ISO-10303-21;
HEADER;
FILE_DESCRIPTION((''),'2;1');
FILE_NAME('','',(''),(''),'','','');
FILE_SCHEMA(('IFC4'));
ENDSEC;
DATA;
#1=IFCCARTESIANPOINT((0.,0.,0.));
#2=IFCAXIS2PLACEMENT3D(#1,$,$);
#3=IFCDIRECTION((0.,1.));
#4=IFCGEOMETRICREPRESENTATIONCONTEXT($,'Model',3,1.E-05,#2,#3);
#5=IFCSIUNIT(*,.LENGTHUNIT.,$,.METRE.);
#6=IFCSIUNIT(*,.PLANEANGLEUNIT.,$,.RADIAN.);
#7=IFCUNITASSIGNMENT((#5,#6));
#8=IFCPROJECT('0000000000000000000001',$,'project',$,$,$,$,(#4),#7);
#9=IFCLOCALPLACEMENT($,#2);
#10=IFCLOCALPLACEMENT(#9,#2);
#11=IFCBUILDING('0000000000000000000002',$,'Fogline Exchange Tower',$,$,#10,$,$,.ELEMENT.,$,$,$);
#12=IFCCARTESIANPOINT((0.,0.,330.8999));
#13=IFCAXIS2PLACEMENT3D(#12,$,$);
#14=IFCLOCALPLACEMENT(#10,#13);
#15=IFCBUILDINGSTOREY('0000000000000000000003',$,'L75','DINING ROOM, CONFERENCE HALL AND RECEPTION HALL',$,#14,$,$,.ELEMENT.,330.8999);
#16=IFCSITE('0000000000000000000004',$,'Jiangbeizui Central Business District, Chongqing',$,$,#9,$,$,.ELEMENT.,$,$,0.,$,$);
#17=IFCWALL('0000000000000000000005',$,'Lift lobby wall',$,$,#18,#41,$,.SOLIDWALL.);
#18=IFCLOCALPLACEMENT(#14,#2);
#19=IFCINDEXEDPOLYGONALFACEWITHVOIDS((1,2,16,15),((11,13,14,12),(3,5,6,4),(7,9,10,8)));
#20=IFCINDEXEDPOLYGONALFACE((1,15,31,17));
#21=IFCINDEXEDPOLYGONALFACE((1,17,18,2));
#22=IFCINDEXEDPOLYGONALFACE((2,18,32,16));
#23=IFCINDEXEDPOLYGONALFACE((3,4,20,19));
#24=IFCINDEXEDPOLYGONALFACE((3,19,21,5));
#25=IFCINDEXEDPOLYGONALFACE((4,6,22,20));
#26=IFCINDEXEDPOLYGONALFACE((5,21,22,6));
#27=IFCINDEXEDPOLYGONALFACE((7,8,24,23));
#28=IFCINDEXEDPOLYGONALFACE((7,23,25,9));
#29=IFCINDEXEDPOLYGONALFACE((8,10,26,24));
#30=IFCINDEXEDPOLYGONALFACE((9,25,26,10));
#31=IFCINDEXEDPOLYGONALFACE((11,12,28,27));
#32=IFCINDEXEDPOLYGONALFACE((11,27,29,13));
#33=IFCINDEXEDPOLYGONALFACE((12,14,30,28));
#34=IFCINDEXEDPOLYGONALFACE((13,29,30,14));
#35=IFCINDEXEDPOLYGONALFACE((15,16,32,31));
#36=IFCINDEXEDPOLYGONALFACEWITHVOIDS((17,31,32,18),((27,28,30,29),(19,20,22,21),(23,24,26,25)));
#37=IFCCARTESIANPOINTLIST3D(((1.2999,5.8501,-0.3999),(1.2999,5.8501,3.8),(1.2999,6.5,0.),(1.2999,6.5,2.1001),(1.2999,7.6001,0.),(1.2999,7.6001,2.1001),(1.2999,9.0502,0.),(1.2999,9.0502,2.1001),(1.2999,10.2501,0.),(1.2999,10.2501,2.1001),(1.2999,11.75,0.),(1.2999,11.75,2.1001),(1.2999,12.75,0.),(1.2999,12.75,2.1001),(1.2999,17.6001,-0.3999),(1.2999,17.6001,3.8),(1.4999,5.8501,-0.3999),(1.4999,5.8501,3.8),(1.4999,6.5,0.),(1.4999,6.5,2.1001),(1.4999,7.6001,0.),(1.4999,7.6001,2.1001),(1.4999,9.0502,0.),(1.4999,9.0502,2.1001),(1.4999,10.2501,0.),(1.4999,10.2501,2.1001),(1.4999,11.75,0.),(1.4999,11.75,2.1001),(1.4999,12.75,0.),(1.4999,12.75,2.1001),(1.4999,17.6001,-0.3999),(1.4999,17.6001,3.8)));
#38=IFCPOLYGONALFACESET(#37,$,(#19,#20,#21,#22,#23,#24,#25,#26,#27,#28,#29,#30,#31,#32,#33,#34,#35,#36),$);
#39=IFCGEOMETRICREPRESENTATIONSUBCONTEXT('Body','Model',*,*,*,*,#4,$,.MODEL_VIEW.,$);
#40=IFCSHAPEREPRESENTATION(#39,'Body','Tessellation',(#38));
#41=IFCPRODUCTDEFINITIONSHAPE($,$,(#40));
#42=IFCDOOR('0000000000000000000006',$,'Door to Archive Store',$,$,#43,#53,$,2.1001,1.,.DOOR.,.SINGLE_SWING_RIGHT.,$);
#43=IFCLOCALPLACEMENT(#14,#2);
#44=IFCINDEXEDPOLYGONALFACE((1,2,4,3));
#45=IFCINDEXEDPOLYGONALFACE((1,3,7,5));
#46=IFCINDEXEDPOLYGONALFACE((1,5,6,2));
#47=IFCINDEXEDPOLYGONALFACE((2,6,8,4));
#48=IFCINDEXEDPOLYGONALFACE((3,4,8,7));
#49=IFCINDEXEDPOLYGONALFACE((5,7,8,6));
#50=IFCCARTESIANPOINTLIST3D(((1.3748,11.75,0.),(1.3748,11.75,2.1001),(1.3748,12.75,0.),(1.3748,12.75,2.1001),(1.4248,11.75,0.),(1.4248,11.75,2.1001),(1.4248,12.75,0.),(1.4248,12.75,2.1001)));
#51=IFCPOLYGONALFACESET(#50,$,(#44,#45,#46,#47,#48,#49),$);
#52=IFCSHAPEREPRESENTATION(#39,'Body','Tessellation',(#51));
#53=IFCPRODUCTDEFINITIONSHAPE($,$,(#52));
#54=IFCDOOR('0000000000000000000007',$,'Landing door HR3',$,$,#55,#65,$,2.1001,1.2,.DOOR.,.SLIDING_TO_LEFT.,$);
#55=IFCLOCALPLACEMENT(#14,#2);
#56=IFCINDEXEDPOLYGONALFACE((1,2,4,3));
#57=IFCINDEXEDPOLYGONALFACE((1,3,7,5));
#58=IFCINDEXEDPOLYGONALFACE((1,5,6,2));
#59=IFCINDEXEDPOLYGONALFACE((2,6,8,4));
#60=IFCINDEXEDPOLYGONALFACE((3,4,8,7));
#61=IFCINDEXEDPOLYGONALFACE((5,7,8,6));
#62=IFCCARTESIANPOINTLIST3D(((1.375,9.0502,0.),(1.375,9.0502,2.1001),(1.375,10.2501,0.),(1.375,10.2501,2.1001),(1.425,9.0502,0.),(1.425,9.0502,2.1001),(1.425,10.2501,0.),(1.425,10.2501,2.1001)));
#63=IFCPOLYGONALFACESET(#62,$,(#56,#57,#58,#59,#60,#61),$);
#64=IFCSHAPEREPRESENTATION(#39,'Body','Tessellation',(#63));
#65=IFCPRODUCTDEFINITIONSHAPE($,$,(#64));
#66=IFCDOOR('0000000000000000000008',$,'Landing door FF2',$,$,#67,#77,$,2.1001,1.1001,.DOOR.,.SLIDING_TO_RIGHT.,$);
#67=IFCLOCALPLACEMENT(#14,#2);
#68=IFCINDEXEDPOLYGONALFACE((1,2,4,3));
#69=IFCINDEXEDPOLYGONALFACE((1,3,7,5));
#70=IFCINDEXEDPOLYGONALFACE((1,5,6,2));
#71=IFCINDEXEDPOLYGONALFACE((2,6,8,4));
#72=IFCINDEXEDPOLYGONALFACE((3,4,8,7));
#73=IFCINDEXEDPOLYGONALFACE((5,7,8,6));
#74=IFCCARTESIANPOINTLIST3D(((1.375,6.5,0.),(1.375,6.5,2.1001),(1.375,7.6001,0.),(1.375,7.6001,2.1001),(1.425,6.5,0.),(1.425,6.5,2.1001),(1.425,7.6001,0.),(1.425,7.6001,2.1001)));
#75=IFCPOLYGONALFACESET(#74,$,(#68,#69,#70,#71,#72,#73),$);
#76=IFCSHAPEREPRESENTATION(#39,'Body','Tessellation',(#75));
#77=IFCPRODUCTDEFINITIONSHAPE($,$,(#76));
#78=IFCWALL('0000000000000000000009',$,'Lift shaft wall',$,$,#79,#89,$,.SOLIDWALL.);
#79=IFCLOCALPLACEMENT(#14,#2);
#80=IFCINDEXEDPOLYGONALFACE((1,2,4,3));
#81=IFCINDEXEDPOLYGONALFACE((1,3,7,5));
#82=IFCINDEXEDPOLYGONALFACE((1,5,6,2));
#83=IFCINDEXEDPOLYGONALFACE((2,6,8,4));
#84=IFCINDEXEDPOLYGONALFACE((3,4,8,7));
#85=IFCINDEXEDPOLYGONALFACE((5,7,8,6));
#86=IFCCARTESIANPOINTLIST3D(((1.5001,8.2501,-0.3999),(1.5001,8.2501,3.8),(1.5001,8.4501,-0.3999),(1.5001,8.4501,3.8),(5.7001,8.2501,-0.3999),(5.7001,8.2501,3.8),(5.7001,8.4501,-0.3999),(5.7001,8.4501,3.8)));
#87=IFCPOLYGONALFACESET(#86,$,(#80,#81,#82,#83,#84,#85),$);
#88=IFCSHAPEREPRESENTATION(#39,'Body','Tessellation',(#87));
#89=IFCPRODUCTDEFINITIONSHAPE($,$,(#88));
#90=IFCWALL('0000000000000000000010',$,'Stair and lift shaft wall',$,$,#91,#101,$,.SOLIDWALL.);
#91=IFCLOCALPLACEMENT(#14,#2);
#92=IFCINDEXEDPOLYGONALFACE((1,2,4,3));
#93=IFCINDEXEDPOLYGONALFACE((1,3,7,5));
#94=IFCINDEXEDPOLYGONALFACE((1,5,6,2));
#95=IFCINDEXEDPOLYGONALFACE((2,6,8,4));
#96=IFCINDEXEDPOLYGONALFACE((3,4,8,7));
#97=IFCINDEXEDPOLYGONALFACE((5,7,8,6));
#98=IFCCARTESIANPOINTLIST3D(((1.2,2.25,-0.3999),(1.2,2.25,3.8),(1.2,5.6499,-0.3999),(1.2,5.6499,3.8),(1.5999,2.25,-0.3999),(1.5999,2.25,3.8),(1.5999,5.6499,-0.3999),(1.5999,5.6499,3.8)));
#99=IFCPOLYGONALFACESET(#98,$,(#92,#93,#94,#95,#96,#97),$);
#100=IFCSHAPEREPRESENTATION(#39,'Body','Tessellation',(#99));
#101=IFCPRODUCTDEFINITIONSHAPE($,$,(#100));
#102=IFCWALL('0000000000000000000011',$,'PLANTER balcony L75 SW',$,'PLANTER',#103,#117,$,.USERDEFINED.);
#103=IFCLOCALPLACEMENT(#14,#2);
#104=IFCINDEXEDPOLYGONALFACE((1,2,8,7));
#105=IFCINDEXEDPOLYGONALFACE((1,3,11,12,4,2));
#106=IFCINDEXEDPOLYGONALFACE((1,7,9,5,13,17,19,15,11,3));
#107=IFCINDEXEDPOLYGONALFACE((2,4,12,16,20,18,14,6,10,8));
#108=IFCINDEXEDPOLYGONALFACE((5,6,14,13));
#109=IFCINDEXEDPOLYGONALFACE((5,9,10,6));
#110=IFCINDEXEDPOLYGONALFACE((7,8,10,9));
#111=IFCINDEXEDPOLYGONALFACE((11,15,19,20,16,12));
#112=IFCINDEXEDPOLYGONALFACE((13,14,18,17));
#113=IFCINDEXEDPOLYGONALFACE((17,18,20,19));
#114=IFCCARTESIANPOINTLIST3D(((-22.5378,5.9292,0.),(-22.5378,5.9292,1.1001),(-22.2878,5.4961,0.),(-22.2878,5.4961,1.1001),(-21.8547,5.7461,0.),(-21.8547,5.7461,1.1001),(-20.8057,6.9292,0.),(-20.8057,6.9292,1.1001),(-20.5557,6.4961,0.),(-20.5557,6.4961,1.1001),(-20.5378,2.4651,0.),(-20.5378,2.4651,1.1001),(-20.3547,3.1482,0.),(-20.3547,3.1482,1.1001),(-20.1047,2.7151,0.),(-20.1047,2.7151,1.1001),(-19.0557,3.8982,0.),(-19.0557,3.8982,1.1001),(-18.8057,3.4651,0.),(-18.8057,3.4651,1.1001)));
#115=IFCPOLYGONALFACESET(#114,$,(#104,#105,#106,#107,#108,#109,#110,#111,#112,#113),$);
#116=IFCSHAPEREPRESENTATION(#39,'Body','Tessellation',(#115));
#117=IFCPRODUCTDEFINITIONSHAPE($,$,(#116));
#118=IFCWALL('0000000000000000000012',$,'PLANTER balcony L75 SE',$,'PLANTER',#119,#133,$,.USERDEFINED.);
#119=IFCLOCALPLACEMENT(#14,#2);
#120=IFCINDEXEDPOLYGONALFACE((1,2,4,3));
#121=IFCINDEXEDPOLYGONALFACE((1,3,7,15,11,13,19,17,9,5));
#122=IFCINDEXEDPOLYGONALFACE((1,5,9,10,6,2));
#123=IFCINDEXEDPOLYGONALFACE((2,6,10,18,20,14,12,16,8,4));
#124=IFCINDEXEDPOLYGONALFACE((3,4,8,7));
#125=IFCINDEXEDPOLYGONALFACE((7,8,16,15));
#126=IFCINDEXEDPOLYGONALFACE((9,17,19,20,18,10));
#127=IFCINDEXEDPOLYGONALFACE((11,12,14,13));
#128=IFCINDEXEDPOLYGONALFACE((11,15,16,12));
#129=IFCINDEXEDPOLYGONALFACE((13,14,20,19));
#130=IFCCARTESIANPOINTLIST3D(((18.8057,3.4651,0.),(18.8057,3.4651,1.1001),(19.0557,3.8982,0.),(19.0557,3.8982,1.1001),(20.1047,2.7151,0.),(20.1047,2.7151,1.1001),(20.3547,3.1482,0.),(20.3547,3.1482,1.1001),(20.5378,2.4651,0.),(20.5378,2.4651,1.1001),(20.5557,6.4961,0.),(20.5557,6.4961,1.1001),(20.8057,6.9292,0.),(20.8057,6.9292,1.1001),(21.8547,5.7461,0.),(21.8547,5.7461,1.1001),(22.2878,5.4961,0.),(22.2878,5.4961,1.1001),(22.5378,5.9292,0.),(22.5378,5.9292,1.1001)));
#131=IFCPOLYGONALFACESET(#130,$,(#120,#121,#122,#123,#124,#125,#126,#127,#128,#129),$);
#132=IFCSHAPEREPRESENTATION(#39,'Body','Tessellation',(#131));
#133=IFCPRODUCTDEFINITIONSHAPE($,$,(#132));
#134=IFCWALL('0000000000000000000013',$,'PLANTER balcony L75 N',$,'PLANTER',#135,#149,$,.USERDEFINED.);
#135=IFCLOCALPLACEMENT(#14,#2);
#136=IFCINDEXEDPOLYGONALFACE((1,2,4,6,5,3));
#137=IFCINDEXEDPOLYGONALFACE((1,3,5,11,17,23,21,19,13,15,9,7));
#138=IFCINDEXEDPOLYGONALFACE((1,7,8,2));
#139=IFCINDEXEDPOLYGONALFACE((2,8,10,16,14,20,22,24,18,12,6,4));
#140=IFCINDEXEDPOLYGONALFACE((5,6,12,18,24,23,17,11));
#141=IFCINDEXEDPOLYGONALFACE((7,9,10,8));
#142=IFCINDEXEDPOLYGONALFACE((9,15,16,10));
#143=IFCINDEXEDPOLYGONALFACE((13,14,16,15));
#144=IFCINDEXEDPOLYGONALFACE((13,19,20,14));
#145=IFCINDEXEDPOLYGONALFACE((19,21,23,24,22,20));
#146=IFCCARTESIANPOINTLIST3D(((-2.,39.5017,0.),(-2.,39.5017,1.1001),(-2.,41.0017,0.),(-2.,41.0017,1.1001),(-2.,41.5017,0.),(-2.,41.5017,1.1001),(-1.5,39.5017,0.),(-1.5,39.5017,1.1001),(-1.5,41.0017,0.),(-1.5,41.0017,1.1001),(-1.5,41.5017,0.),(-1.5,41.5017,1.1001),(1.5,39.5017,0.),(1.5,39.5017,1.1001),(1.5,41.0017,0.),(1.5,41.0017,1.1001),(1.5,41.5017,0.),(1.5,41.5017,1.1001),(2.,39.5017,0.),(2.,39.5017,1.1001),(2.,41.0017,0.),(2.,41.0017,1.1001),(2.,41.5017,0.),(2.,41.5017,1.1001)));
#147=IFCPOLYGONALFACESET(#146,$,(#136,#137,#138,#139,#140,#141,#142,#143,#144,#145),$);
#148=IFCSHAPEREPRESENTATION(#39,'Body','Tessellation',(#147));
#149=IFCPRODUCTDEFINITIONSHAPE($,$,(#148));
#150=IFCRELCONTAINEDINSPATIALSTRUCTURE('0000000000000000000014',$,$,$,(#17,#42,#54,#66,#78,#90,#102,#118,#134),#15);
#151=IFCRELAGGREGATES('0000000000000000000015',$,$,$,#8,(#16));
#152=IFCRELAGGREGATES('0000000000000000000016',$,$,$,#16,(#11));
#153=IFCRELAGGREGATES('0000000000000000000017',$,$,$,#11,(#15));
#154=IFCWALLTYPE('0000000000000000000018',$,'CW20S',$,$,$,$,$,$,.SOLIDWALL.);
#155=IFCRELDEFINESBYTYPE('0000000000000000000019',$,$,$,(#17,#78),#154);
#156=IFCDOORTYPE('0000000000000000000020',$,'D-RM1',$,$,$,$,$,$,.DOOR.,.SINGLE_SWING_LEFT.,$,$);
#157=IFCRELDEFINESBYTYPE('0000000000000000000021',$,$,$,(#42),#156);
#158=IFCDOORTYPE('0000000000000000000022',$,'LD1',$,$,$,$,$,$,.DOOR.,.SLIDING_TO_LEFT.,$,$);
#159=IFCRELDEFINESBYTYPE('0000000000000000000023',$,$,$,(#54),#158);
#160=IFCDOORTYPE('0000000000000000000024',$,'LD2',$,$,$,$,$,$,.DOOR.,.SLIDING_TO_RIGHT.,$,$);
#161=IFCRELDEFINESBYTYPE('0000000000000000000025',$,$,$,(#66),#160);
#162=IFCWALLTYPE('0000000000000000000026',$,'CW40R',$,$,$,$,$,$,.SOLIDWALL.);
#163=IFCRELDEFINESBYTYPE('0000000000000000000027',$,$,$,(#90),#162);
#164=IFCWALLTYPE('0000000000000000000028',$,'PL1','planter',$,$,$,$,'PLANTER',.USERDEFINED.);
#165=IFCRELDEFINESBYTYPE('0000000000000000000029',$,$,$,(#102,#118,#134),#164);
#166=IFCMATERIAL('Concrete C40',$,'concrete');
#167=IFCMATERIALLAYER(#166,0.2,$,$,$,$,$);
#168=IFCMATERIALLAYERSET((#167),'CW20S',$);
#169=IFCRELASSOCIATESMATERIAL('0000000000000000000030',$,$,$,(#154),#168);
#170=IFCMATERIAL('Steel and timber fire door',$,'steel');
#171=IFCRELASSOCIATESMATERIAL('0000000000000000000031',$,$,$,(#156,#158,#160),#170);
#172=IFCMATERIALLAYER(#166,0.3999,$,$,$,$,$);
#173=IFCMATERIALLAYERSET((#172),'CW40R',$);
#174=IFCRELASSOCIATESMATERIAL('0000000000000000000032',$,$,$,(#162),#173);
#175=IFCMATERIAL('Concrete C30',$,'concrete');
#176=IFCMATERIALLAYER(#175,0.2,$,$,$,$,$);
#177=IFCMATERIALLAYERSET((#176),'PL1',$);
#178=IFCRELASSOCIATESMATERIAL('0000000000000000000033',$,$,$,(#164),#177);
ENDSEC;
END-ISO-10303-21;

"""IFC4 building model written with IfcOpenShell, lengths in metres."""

from ifc_helpers import new_model, si_unit, direction, frame, frame_2d, origin, place, context, subcontext, project, spatial, polyline, rectangle, outline, extrude, material, layer, layer_set, type_object, element, fill, save


model = new_model("IFC4")

# Units and contexts
model_context = context("Model", 3, precision=1e-05, world=origin(), true_north=direction((0.0, 1.0)))
body_context = subcontext(model_context, "Body", "Model", "MODEL_VIEW")
ifc_project = project(units=[si_unit("LENGTHUNIT", "METRE"), si_unit("PLANEANGLEUNIT", "RADIAN")], contexts=[model_context])

# Site, building, storey
site_placement = place(None, origin())
site = spatial("IfcSite", under=ifc_project, at=site_placement, Name="Jiangbeizui Central Business District, Chongqing", CompositionType="ELEMENT", RefElevation=0.0)
building_placement = place(site_placement, origin())
building = spatial("IfcBuilding", under=site, at=building_placement, Name="Fogline Exchange Tower", CompositionType="ELEMENT")
storey_placement = place(building_placement, frame((0.0, 0.0, 330.8999)))
storey = spatial("IfcBuildingStorey", under=building, at=storey_placement, Name="L75", Description="DINING ROOM, CONFERENCE HALL AND RECEPTION HALL", CompositionType="ELEMENT", Elevation=330.8999)

# Shared definitions
ifc_material_1 = material(Name="Concrete C40", Category="concrete")

# Shared definitions
ifc_layer_1 = layer(ifc_material_1, 0.2)
ifc_layer_set_1 = layer_set([ifc_layer_1], Name="CW20S")
wall_type_1 = type_object("IfcWallType", Name="CW20S", PredefinedType="SOLIDWALL", material=ifc_layer_set_1)

# Wall, openings, doors
wall_1_placement = place(storey_placement, frame((1.3999, 5.8501, -0.3999), z_axis=(0.0, 0.0, 1.0), x_axis=(0.0, 1.0, 0.0)))
wall_1 = element("IfcWall", 1, at=wall_1_placement, inside=storey, type_object=wall_type_1, Name="Lift lobby wall", PredefinedType="SOLIDWALL", context=body_context, shape_type="SweptSolid", body=[
    extrude(rectangle(XDim=11.75, YDim=0.2, at=frame_2d((5.875, 0.0))), origin(), (0.0, 0.0, 1.0), 4.2),
])
opening_1_placement = place(wall_1_placement, frame((3.2, 0.0, 0.3999)))
opening_1 = element("IfcOpeningElement", 2, at=opening_1_placement, cuts=wall_1, PredefinedType="OPENING", context=body_context, shape_type="SweptSolid", body=[
    extrude(rectangle(XDim=1.2, YDim=2.1001, at=frame_2d((0.6001, 1.05))), frame((0.0, 0.1099, 0.0), z_axis=(0.0, -1.0, 0.0), x_axis=(1.0, 0.0, 0.0)), (0.0, 0.0, 1.0), 0.22),
])
opening_2_placement = place(wall_1_placement, frame((0.6499, 0.0, 0.3999)))
opening_2 = element("IfcOpeningElement", 3, at=opening_2_placement, cuts=wall_1, PredefinedType="OPENING", context=body_context, shape_type="SweptSolid", body=[
    extrude(rectangle(XDim=1.1001, YDim=2.1001, at=frame_2d((0.55, 1.05))), frame((0.0, 0.1099, 0.0), z_axis=(0.0, -1.0, 0.0), x_axis=(1.0, 0.0, 0.0)), (0.0, 0.0, 1.0), 0.22),
])
opening_3_placement = place(wall_1_placement, frame((5.8999, 0.0, 0.3999)))
opening_3 = element("IfcOpeningElement", 4, at=opening_3_placement, cuts=wall_1, PredefinedType="OPENING", context=body_context, shape_type="SweptSolid", body=[
    extrude(rectangle(XDim=1.0, YDim=2.1001, at=frame_2d((0.5, 1.05))), frame((0.0, 0.1099, 0.0), z_axis=(0.0, -1.0, 0.0), x_axis=(1.0, 0.0, 0.0)), (0.0, 0.0, 1.0), 0.22),
])
ifc_material_2 = material(Name="Steel and timber fire door", Category="steel")
door_type_1 = type_object("IfcDoorType", Name="D-RM1", OperationType="SINGLE_SWING_LEFT", PredefinedType="DOOR", material=ifc_material_2)
door_1_placement = place(opening_3_placement, frame((1.0, 0.0, 0.0), z_axis=(0.0, 0.0, 1.0), x_axis=(-1.0, 0.0, 0.0)))
door_1 = element("IfcDoor", 5, at=door_1_placement, inside=storey, type_object=door_type_1, Name="Door to Archive Store", OperationType="SINGLE_SWING_RIGHT", OverallHeight=2.1001, OverallWidth=1.0, PredefinedType="DOOR", context=body_context, shape_type="SweptSolid", body=[
    extrude(rectangle(XDim=1.0, YDim=2.1001, at=frame_2d((0.5, 1.05))), frame((0.0, 0.0249, 0.0), z_axis=(0.0, -1.0, 0.0), x_axis=(1.0, 0.0, 0.0)), (0.0, 0.0, 1.0), 0.05),
])
fill(opening_3, door_1)
door_type_2 = type_object("IfcDoorType", Name="LD1", OperationType="SLIDING_TO_LEFT", PredefinedType="DOOR", material=ifc_material_2)
door_2_placement = place(opening_1_placement, origin())
door_2 = element("IfcDoor", 6, at=door_2_placement, inside=storey, type_object=door_type_2, Name="Landing door HR3", OperationType="SLIDING_TO_LEFT", OverallHeight=2.1001, OverallWidth=1.2, PredefinedType="DOOR", context=body_context, shape_type="SweptSolid", body=[
    extrude(rectangle(XDim=1.2, YDim=2.1001, at=frame_2d((0.6001, 1.05))), frame((0.0, 0.0249, 0.0), z_axis=(0.0, -1.0, 0.0), x_axis=(1.0, 0.0, 0.0)), (0.0, 0.0, 1.0), 0.05),
])
fill(opening_1, door_2)
door_type_3 = type_object("IfcDoorType", Name="LD2", OperationType="SLIDING_TO_RIGHT", PredefinedType="DOOR", material=ifc_material_2)
door_3_placement = place(opening_2_placement, origin())
door_3 = element("IfcDoor", 7, at=door_3_placement, inside=storey, type_object=door_type_3, Name="Landing door FF2", OperationType="SLIDING_TO_RIGHT", OverallHeight=2.1001, OverallWidth=1.1001, PredefinedType="DOOR", context=body_context, shape_type="SweptSolid", body=[
    extrude(rectangle(XDim=1.1001, YDim=2.1001, at=frame_2d((0.55, 1.05))), frame((0.0, 0.0249, 0.0), z_axis=(0.0, -1.0, 0.0), x_axis=(1.0, 0.0, 0.0)), (0.0, 0.0, 1.0), 0.05),
])
fill(opening_2, door_3)

# Walls
wall_2_placement = place(storey_placement, frame((1.5, 8.3501, -0.3999), z_axis=(0.0, 0.0, 1.0), x_axis=(1.0, 0.0, 0.0)))
element("IfcWall", 8, at=wall_2_placement, inside=storey, type_object=wall_type_1, Name="Lift shaft wall", PredefinedType="SOLIDWALL", context=body_context, shape_type="SweptSolid", body=[
    extrude(rectangle(XDim=4.2, YDim=0.2, at=frame_2d((2.1001, 0.0))), origin(), (0.0, 0.0, 1.0), 4.2),
])
ifc_layer_2 = layer(ifc_material_1, 0.3999)
ifc_layer_set_2 = layer_set([ifc_layer_2], Name="CW40R")
wall_type_2 = type_object("IfcWallType", Name="CW40R", PredefinedType="SOLIDWALL", material=ifc_layer_set_2)
wall_3_placement = place(storey_placement, frame((1.3999, 2.25, -0.3999), z_axis=(0.0, 0.0, 1.0), x_axis=(0.0, 1.0, 0.0)))
element("IfcWall", 9, at=wall_3_placement, inside=storey, type_object=wall_type_2, Name="Stair and lift shaft wall", PredefinedType="SOLIDWALL", context=body_context, shape_type="SweptSolid", body=[
    extrude(rectangle(XDim=3.3999, YDim=0.3999, at=frame_2d((1.7, 0.0))), origin(), (0.0, 0.0, 1.0), 4.2),
])
ifc_material_3 = material(Name="Concrete C30", Category="concrete")
ifc_layer_3 = layer(ifc_material_3, 0.2)
ifc_layer_set_3 = layer_set([ifc_layer_3], Name="PL1")
wall_type_3 = type_object("IfcWallType", Name="PL1", Description="planter", ElementType="PLANTER", PredefinedType="USERDEFINED", material=ifc_layer_set_3)
wall_4_placement = place(storey_placement, origin())
element("IfcWall", 10, at=wall_4_placement, inside=storey, type_object=wall_type_3, Name="PLANTER balcony L75 SW", ObjectType="PLANTER", PredefinedType="USERDEFINED", context=body_context, shape_type="SweptSolid", body=[
    extrude(outline(polyline([(-19.0557, 3.8982), (-20.3547, 3.1482), (-21.8547, 5.7461), (-20.5557, 6.4961), (-20.8057, 6.9292), (-22.5378, 5.9292), (-22.2878, 5.4961), (-20.5378, 2.4651), (-20.1047, 2.7151), (-20.1047, 2.7151), (-18.8057, 3.4651), (-19.0557, 3.8982)])), origin(), (0.0, 0.0, 1.0), 1.1001),
])
wall_5_placement = place(storey_placement, origin())
element("IfcWall", 11, at=wall_5_placement, inside=storey, type_object=wall_type_3, Name="PLANTER balcony L75 SE", ObjectType="PLANTER", PredefinedType="USERDEFINED", context=body_context, shape_type="SweptSolid", body=[
    extrude(outline(polyline([(18.8057, 3.4651), (20.1047, 2.7151), (20.1047, 2.7151), (20.5378, 2.4651), (22.2878, 5.4961), (22.5378, 5.9292), (20.8057, 6.9292), (20.5557, 6.4961), (21.8547, 5.7461), (20.3547, 3.1482), (19.0557, 3.8982), (18.8057, 3.4651)])), origin(), (0.0, 0.0, 1.0), 1.1001),
])
wall_6_placement = place(storey_placement, origin())
element("IfcWall", 12, at=wall_6_placement, inside=storey, type_object=wall_type_3, Name="PLANTER balcony L75 N", ObjectType="PLANTER", PredefinedType="USERDEFINED", context=body_context, shape_type="SweptSolid", body=[
    extrude(outline(polyline([(-1.5, 41.5017), (-2.0, 41.5017), (-2.0, 41.0017), (-2.0, 39.5017), (-1.5, 39.5017), (-1.5, 41.0017), (1.5, 41.0017), (1.5, 39.5017), (2.0, 39.5017), (2.0, 41.0017), (2.0, 41.5017), (1.5, 41.5017), (-1.5, 41.5017)])), origin(), (0.0, 0.0, 1.0), 1.1001),
])

save(model, "model.ifc")
